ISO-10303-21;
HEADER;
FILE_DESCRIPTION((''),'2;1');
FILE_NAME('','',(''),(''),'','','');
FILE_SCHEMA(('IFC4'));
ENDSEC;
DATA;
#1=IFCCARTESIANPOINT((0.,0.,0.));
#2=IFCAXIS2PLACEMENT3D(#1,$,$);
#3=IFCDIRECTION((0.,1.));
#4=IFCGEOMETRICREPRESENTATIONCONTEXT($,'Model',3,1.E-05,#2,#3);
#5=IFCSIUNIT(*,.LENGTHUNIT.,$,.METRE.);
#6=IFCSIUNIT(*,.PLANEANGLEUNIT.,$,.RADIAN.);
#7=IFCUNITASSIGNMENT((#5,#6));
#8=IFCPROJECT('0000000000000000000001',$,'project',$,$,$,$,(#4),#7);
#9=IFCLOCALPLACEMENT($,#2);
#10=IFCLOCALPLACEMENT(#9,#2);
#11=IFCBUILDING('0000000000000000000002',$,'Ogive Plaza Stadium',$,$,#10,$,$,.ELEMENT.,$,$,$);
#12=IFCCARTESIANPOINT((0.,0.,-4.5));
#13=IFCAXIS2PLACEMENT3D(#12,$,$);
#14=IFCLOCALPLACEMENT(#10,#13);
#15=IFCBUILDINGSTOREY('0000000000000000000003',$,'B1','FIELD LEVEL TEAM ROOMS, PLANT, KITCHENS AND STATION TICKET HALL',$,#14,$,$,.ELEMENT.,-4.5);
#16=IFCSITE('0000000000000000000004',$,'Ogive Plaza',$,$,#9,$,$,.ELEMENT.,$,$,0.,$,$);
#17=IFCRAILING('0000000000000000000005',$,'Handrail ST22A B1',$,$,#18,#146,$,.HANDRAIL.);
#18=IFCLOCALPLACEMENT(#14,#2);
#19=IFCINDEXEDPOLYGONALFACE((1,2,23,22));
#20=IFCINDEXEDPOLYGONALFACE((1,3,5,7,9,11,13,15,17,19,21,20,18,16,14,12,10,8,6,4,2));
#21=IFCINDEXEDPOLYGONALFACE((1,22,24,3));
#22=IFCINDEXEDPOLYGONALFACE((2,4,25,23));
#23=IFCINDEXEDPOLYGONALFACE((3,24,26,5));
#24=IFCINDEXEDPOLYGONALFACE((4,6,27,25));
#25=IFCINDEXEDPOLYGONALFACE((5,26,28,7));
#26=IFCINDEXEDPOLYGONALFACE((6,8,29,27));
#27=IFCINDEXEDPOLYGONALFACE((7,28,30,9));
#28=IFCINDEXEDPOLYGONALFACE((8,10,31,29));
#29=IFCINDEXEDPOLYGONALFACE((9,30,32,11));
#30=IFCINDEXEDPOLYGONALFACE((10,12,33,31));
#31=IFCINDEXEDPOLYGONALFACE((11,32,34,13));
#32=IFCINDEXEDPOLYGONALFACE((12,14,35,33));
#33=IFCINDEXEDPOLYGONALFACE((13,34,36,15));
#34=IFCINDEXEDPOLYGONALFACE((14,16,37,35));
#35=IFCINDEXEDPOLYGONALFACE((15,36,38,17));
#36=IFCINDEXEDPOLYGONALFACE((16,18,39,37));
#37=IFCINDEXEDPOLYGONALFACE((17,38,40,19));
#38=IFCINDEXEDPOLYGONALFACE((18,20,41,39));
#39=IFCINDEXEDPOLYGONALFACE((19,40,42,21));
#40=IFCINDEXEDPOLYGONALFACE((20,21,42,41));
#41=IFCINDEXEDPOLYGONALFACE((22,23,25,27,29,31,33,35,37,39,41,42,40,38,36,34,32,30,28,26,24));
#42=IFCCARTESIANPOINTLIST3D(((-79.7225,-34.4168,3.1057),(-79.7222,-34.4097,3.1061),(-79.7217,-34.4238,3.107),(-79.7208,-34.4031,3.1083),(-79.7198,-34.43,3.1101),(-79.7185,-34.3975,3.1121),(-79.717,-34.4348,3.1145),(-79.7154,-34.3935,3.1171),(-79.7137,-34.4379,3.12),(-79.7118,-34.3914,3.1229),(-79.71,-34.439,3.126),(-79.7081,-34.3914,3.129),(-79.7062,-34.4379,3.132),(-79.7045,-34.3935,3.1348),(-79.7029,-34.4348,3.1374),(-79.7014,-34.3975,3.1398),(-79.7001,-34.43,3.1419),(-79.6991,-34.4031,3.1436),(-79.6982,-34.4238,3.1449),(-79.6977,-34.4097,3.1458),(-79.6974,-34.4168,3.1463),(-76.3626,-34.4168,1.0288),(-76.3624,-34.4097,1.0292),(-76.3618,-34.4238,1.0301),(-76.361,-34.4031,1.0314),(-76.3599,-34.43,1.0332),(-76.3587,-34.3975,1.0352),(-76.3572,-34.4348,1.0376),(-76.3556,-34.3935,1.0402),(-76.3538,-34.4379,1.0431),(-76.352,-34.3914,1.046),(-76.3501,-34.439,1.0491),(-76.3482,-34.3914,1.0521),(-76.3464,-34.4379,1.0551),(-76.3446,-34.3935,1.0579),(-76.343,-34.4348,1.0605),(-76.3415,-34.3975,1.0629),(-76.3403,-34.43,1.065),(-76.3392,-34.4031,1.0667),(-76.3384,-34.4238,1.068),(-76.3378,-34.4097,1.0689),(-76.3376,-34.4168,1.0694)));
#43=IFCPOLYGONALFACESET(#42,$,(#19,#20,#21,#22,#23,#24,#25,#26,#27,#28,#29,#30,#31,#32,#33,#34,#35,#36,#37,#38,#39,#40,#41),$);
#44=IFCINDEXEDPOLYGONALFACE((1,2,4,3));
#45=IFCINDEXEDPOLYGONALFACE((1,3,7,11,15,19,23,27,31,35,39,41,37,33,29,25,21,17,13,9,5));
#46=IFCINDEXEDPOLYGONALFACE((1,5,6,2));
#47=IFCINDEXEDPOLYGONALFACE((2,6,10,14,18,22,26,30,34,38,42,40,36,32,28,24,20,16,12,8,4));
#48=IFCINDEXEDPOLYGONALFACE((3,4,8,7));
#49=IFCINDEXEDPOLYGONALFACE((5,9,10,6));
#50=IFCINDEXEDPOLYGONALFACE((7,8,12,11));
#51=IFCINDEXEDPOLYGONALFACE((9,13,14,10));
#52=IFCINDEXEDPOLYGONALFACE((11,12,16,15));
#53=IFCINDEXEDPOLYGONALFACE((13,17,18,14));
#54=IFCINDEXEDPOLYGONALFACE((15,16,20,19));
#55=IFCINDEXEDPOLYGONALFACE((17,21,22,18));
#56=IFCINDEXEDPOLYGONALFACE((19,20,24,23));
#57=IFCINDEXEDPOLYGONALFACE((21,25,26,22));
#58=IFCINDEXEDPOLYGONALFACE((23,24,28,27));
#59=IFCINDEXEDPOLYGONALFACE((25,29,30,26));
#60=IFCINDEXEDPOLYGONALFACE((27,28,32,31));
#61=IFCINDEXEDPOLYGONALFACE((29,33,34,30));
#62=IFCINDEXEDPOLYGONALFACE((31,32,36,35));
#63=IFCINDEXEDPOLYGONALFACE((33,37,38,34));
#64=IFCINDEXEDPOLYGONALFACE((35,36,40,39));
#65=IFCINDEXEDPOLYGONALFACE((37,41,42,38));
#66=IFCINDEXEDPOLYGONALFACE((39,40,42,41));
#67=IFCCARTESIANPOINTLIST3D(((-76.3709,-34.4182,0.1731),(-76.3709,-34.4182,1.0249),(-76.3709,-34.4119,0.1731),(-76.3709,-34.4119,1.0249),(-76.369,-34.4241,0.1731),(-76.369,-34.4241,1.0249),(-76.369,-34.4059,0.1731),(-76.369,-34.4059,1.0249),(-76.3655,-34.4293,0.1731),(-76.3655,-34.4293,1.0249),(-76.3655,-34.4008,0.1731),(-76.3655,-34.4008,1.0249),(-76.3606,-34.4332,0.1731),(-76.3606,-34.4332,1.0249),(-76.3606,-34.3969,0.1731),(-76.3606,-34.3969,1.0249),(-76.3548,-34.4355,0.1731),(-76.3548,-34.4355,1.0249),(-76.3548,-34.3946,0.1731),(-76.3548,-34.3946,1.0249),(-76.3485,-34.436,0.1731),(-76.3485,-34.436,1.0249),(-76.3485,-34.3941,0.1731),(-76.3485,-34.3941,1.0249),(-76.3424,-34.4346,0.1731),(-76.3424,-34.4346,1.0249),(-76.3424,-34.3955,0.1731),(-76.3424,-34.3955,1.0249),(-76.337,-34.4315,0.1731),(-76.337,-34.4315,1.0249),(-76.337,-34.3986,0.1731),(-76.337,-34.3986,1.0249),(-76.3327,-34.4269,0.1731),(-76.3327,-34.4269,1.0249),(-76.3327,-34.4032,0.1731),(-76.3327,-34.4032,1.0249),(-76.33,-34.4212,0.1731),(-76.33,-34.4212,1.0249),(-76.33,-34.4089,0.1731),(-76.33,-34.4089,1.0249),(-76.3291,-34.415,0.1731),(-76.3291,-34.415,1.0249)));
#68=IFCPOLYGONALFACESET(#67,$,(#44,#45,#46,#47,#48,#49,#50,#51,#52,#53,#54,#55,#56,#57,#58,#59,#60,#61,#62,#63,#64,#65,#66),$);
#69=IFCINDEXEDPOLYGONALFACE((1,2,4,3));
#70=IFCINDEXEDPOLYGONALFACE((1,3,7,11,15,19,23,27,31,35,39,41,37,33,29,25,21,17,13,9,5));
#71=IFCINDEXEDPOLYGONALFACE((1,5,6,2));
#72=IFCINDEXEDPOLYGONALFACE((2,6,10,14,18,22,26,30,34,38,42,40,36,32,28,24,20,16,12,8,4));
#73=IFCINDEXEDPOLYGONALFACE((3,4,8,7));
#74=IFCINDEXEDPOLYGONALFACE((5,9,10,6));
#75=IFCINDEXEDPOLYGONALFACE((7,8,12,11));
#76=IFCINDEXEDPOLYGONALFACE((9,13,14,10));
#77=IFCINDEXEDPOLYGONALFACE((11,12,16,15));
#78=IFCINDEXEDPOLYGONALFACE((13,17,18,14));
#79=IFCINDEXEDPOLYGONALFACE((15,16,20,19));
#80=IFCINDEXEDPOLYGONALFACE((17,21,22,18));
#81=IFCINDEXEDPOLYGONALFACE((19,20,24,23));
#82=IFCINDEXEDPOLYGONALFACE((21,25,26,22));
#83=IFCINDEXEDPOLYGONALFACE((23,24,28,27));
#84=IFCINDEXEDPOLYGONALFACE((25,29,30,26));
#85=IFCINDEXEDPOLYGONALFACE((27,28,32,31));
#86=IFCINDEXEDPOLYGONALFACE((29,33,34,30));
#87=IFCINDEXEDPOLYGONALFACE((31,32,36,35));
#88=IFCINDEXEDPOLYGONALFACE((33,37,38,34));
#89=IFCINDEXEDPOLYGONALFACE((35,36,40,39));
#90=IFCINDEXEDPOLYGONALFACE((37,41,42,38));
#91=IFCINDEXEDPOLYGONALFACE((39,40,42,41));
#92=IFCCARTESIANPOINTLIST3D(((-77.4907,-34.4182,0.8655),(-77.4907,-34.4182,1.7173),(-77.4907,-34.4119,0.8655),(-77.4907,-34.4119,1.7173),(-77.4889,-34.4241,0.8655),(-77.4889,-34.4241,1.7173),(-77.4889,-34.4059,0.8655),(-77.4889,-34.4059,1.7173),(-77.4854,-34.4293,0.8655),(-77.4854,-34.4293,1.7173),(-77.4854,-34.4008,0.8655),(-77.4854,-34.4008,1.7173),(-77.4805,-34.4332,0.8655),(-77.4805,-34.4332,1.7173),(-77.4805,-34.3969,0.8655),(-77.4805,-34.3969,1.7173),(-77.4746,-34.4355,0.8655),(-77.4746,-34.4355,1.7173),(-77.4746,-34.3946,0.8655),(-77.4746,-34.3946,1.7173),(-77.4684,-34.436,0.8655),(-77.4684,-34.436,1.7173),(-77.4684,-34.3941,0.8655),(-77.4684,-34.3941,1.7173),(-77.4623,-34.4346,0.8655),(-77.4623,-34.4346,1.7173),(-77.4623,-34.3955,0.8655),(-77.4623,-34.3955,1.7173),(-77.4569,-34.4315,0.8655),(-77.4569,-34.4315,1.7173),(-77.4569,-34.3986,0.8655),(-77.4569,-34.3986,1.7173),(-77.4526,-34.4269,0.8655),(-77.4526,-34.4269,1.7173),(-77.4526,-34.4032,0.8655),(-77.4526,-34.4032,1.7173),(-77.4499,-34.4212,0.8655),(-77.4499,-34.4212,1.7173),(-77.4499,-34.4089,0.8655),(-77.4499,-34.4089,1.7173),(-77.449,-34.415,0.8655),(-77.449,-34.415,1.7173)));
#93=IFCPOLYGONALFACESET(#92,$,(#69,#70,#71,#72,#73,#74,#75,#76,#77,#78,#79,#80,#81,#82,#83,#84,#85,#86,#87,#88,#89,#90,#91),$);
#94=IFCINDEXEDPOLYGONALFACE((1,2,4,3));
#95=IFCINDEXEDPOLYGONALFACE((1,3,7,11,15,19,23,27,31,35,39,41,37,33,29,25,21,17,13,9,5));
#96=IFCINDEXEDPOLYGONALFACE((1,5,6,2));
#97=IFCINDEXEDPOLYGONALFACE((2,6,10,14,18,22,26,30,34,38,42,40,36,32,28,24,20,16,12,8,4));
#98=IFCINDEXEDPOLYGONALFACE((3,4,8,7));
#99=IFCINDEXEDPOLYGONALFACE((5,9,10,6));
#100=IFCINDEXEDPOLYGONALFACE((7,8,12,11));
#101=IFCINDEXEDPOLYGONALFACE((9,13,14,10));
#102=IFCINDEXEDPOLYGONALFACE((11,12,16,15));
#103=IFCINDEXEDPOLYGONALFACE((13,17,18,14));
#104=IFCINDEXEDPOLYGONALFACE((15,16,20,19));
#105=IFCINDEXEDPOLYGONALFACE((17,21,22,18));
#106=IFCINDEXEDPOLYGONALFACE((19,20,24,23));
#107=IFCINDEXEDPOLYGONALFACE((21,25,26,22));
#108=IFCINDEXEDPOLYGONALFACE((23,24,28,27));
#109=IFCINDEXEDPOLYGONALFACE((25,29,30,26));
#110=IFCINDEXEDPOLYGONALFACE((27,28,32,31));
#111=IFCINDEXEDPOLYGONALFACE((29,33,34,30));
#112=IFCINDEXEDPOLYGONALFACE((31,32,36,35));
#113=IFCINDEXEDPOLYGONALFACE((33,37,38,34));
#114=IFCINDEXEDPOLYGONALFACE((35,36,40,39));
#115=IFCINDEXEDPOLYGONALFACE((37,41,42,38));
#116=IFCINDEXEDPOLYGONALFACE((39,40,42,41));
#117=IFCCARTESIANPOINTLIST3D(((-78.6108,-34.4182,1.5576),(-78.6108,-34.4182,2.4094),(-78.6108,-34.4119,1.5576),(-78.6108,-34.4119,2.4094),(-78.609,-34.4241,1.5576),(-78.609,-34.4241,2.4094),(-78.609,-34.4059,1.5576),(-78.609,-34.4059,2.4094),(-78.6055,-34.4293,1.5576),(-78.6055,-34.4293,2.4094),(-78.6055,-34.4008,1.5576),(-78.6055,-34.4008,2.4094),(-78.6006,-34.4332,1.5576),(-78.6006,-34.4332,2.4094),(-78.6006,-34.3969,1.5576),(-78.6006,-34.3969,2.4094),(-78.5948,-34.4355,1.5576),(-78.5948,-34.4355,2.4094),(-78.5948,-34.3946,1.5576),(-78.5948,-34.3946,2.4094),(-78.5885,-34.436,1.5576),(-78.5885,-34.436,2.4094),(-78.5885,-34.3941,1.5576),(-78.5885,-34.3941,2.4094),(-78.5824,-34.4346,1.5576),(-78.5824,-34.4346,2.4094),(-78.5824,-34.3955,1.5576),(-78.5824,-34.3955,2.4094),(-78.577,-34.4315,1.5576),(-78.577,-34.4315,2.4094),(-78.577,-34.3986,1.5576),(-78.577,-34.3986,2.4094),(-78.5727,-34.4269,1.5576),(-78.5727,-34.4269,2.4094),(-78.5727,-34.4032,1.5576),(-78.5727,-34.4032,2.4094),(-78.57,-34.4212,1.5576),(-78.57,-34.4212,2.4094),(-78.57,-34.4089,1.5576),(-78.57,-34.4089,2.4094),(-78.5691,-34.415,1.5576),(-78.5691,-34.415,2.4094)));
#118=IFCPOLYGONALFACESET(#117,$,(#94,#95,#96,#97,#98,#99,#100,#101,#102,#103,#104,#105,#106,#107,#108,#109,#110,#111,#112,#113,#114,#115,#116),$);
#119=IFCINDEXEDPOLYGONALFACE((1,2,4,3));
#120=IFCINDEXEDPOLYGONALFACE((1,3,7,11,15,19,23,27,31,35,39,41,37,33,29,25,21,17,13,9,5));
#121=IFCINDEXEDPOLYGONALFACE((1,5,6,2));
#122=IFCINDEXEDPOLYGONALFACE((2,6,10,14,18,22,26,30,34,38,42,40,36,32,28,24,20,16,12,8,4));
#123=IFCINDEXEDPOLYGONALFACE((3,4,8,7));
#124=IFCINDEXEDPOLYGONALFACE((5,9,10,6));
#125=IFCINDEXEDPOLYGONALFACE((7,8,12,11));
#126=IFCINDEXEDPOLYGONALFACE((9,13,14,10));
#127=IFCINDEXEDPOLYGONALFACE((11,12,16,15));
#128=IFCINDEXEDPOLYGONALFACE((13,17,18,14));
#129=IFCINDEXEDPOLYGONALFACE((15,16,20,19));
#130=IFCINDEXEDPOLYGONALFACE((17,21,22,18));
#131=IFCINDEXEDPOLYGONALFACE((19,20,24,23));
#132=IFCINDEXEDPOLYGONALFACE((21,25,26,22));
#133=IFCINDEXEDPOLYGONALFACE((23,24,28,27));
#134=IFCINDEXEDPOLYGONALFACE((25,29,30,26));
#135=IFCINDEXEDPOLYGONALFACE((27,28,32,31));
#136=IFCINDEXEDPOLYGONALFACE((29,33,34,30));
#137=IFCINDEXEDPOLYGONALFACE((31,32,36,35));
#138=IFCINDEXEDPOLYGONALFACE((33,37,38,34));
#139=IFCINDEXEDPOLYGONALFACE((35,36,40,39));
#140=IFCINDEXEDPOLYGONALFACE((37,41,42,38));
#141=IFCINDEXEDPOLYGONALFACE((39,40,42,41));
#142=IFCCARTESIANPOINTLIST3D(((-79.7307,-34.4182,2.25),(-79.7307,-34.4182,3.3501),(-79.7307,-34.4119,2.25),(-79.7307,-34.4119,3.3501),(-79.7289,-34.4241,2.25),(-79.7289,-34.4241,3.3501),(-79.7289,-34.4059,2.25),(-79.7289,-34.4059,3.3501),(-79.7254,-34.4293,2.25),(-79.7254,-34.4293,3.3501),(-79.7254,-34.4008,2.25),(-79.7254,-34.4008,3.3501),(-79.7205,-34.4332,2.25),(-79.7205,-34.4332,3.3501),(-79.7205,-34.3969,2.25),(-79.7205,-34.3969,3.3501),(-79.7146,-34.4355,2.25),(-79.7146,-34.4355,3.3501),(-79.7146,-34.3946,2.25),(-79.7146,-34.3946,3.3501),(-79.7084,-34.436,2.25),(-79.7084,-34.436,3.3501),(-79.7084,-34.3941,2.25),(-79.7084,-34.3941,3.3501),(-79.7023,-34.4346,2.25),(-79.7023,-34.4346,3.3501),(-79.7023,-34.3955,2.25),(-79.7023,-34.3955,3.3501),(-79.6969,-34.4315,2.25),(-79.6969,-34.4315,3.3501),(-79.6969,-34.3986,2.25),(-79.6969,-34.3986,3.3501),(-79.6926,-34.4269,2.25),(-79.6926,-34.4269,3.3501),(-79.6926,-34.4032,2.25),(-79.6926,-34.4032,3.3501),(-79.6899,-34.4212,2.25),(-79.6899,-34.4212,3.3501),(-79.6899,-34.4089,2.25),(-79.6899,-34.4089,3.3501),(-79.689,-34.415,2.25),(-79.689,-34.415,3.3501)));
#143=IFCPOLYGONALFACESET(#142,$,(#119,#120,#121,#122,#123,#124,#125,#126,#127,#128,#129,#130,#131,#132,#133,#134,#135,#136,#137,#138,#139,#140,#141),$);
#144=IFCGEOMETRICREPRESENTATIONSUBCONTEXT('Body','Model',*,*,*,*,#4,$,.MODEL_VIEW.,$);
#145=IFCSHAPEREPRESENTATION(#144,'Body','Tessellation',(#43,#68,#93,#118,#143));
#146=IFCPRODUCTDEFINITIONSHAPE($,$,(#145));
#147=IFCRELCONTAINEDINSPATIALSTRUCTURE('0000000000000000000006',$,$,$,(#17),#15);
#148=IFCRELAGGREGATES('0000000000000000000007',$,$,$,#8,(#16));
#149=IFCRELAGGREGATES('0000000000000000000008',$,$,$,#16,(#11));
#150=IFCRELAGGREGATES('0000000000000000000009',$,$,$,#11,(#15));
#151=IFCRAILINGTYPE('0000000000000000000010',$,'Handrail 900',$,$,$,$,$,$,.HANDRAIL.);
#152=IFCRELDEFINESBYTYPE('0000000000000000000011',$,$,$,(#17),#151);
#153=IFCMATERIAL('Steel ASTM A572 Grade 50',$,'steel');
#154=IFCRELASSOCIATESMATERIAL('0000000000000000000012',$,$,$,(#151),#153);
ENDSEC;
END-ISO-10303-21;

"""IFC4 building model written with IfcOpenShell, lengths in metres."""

from ifc_helpers import new_model, si_unit, direction, frame, origin, origin_2d, place, context, subcontext, project, spatial, circle, extrude, material, type_object, element, save


model = new_model("IFC4")

# Units and contexts
model_context = context("Model", 3, precision=1e-05, world=origin(), true_north=direction((0.0, 1.0)))
body_context = subcontext(model_context, "Body", "Model", "MODEL_VIEW")
ifc_project = project(units=[si_unit("LENGTHUNIT", "METRE"), si_unit("PLANEANGLEUNIT", "RADIAN")], contexts=[model_context])

# Site, building, storey
site_placement = place(None, origin())
site = spatial("IfcSite", under=ifc_project, at=site_placement, Name="Ogive Plaza", CompositionType="ELEMENT", RefElevation=0.0)
building_placement = place(site_placement, origin())
building = spatial("IfcBuilding", under=site, at=building_placement, Name="Ogive Plaza Stadium", CompositionType="ELEMENT")
storey_placement = place(building_placement, frame((0.0, 0.0, -4.5)))
storey = spatial("IfcBuildingStorey", under=building, at=storey_placement, Name="B1", Description="FIELD LEVEL TEAM ROOMS, PLANT, KITCHENS AND STATION TICKET HALL", CompositionType="ELEMENT", Elevation=-4.5)

# Railing
ifc_material_1 = material(Name="Steel ASTM A572 Grade 50", Category="steel")
railing_type_1 = type_object("IfcRailingType", Name="Handrail 900", PredefinedType="HANDRAIL", material=ifc_material_1)
for number, where, name in (
    (1, (-76.3501, -34.415, 0.1731), "Handrail ST22A B1"),
):
    element("IfcRailing", number, at=place(storey_placement, frame(where)), inside=storey, type_object=railing_type_1, Name=name, PredefinedType="HANDRAIL", context=body_context, shape_type="SweptSolid", body=[
        extrude(circle(Radius=0.0239, at=origin_2d()), frame((0.0, 0.0, 0.876), z_axis=(-0.850606, 0.0, 0.525803), x_axis=(0.0, -1.0, 0.0)), (0.0, 0.0, 1.0), 3.95),
        extrude(circle(Radius=0.021, at=origin_2d()), origin(), (0.0, 0.0, 1.0), 0.8518),
        extrude(circle(Radius=0.021, at=origin_2d()), frame((-1.1199, 0.0, 0.6924)), (0.0, 0.0, 1.0), 0.8518),
        extrude(circle(Radius=0.021, at=origin_2d()), frame((-2.24, 0.0, 1.3845)), (0.0, 0.0, 1.0), 0.8518),
        extrude(circle(Radius=0.021, at=origin_2d()), frame((-3.3599, 0.0, 2.0769)), (0.0, 0.0, 1.0), 1.1001),
    ])

save(model, "model.ifc")
